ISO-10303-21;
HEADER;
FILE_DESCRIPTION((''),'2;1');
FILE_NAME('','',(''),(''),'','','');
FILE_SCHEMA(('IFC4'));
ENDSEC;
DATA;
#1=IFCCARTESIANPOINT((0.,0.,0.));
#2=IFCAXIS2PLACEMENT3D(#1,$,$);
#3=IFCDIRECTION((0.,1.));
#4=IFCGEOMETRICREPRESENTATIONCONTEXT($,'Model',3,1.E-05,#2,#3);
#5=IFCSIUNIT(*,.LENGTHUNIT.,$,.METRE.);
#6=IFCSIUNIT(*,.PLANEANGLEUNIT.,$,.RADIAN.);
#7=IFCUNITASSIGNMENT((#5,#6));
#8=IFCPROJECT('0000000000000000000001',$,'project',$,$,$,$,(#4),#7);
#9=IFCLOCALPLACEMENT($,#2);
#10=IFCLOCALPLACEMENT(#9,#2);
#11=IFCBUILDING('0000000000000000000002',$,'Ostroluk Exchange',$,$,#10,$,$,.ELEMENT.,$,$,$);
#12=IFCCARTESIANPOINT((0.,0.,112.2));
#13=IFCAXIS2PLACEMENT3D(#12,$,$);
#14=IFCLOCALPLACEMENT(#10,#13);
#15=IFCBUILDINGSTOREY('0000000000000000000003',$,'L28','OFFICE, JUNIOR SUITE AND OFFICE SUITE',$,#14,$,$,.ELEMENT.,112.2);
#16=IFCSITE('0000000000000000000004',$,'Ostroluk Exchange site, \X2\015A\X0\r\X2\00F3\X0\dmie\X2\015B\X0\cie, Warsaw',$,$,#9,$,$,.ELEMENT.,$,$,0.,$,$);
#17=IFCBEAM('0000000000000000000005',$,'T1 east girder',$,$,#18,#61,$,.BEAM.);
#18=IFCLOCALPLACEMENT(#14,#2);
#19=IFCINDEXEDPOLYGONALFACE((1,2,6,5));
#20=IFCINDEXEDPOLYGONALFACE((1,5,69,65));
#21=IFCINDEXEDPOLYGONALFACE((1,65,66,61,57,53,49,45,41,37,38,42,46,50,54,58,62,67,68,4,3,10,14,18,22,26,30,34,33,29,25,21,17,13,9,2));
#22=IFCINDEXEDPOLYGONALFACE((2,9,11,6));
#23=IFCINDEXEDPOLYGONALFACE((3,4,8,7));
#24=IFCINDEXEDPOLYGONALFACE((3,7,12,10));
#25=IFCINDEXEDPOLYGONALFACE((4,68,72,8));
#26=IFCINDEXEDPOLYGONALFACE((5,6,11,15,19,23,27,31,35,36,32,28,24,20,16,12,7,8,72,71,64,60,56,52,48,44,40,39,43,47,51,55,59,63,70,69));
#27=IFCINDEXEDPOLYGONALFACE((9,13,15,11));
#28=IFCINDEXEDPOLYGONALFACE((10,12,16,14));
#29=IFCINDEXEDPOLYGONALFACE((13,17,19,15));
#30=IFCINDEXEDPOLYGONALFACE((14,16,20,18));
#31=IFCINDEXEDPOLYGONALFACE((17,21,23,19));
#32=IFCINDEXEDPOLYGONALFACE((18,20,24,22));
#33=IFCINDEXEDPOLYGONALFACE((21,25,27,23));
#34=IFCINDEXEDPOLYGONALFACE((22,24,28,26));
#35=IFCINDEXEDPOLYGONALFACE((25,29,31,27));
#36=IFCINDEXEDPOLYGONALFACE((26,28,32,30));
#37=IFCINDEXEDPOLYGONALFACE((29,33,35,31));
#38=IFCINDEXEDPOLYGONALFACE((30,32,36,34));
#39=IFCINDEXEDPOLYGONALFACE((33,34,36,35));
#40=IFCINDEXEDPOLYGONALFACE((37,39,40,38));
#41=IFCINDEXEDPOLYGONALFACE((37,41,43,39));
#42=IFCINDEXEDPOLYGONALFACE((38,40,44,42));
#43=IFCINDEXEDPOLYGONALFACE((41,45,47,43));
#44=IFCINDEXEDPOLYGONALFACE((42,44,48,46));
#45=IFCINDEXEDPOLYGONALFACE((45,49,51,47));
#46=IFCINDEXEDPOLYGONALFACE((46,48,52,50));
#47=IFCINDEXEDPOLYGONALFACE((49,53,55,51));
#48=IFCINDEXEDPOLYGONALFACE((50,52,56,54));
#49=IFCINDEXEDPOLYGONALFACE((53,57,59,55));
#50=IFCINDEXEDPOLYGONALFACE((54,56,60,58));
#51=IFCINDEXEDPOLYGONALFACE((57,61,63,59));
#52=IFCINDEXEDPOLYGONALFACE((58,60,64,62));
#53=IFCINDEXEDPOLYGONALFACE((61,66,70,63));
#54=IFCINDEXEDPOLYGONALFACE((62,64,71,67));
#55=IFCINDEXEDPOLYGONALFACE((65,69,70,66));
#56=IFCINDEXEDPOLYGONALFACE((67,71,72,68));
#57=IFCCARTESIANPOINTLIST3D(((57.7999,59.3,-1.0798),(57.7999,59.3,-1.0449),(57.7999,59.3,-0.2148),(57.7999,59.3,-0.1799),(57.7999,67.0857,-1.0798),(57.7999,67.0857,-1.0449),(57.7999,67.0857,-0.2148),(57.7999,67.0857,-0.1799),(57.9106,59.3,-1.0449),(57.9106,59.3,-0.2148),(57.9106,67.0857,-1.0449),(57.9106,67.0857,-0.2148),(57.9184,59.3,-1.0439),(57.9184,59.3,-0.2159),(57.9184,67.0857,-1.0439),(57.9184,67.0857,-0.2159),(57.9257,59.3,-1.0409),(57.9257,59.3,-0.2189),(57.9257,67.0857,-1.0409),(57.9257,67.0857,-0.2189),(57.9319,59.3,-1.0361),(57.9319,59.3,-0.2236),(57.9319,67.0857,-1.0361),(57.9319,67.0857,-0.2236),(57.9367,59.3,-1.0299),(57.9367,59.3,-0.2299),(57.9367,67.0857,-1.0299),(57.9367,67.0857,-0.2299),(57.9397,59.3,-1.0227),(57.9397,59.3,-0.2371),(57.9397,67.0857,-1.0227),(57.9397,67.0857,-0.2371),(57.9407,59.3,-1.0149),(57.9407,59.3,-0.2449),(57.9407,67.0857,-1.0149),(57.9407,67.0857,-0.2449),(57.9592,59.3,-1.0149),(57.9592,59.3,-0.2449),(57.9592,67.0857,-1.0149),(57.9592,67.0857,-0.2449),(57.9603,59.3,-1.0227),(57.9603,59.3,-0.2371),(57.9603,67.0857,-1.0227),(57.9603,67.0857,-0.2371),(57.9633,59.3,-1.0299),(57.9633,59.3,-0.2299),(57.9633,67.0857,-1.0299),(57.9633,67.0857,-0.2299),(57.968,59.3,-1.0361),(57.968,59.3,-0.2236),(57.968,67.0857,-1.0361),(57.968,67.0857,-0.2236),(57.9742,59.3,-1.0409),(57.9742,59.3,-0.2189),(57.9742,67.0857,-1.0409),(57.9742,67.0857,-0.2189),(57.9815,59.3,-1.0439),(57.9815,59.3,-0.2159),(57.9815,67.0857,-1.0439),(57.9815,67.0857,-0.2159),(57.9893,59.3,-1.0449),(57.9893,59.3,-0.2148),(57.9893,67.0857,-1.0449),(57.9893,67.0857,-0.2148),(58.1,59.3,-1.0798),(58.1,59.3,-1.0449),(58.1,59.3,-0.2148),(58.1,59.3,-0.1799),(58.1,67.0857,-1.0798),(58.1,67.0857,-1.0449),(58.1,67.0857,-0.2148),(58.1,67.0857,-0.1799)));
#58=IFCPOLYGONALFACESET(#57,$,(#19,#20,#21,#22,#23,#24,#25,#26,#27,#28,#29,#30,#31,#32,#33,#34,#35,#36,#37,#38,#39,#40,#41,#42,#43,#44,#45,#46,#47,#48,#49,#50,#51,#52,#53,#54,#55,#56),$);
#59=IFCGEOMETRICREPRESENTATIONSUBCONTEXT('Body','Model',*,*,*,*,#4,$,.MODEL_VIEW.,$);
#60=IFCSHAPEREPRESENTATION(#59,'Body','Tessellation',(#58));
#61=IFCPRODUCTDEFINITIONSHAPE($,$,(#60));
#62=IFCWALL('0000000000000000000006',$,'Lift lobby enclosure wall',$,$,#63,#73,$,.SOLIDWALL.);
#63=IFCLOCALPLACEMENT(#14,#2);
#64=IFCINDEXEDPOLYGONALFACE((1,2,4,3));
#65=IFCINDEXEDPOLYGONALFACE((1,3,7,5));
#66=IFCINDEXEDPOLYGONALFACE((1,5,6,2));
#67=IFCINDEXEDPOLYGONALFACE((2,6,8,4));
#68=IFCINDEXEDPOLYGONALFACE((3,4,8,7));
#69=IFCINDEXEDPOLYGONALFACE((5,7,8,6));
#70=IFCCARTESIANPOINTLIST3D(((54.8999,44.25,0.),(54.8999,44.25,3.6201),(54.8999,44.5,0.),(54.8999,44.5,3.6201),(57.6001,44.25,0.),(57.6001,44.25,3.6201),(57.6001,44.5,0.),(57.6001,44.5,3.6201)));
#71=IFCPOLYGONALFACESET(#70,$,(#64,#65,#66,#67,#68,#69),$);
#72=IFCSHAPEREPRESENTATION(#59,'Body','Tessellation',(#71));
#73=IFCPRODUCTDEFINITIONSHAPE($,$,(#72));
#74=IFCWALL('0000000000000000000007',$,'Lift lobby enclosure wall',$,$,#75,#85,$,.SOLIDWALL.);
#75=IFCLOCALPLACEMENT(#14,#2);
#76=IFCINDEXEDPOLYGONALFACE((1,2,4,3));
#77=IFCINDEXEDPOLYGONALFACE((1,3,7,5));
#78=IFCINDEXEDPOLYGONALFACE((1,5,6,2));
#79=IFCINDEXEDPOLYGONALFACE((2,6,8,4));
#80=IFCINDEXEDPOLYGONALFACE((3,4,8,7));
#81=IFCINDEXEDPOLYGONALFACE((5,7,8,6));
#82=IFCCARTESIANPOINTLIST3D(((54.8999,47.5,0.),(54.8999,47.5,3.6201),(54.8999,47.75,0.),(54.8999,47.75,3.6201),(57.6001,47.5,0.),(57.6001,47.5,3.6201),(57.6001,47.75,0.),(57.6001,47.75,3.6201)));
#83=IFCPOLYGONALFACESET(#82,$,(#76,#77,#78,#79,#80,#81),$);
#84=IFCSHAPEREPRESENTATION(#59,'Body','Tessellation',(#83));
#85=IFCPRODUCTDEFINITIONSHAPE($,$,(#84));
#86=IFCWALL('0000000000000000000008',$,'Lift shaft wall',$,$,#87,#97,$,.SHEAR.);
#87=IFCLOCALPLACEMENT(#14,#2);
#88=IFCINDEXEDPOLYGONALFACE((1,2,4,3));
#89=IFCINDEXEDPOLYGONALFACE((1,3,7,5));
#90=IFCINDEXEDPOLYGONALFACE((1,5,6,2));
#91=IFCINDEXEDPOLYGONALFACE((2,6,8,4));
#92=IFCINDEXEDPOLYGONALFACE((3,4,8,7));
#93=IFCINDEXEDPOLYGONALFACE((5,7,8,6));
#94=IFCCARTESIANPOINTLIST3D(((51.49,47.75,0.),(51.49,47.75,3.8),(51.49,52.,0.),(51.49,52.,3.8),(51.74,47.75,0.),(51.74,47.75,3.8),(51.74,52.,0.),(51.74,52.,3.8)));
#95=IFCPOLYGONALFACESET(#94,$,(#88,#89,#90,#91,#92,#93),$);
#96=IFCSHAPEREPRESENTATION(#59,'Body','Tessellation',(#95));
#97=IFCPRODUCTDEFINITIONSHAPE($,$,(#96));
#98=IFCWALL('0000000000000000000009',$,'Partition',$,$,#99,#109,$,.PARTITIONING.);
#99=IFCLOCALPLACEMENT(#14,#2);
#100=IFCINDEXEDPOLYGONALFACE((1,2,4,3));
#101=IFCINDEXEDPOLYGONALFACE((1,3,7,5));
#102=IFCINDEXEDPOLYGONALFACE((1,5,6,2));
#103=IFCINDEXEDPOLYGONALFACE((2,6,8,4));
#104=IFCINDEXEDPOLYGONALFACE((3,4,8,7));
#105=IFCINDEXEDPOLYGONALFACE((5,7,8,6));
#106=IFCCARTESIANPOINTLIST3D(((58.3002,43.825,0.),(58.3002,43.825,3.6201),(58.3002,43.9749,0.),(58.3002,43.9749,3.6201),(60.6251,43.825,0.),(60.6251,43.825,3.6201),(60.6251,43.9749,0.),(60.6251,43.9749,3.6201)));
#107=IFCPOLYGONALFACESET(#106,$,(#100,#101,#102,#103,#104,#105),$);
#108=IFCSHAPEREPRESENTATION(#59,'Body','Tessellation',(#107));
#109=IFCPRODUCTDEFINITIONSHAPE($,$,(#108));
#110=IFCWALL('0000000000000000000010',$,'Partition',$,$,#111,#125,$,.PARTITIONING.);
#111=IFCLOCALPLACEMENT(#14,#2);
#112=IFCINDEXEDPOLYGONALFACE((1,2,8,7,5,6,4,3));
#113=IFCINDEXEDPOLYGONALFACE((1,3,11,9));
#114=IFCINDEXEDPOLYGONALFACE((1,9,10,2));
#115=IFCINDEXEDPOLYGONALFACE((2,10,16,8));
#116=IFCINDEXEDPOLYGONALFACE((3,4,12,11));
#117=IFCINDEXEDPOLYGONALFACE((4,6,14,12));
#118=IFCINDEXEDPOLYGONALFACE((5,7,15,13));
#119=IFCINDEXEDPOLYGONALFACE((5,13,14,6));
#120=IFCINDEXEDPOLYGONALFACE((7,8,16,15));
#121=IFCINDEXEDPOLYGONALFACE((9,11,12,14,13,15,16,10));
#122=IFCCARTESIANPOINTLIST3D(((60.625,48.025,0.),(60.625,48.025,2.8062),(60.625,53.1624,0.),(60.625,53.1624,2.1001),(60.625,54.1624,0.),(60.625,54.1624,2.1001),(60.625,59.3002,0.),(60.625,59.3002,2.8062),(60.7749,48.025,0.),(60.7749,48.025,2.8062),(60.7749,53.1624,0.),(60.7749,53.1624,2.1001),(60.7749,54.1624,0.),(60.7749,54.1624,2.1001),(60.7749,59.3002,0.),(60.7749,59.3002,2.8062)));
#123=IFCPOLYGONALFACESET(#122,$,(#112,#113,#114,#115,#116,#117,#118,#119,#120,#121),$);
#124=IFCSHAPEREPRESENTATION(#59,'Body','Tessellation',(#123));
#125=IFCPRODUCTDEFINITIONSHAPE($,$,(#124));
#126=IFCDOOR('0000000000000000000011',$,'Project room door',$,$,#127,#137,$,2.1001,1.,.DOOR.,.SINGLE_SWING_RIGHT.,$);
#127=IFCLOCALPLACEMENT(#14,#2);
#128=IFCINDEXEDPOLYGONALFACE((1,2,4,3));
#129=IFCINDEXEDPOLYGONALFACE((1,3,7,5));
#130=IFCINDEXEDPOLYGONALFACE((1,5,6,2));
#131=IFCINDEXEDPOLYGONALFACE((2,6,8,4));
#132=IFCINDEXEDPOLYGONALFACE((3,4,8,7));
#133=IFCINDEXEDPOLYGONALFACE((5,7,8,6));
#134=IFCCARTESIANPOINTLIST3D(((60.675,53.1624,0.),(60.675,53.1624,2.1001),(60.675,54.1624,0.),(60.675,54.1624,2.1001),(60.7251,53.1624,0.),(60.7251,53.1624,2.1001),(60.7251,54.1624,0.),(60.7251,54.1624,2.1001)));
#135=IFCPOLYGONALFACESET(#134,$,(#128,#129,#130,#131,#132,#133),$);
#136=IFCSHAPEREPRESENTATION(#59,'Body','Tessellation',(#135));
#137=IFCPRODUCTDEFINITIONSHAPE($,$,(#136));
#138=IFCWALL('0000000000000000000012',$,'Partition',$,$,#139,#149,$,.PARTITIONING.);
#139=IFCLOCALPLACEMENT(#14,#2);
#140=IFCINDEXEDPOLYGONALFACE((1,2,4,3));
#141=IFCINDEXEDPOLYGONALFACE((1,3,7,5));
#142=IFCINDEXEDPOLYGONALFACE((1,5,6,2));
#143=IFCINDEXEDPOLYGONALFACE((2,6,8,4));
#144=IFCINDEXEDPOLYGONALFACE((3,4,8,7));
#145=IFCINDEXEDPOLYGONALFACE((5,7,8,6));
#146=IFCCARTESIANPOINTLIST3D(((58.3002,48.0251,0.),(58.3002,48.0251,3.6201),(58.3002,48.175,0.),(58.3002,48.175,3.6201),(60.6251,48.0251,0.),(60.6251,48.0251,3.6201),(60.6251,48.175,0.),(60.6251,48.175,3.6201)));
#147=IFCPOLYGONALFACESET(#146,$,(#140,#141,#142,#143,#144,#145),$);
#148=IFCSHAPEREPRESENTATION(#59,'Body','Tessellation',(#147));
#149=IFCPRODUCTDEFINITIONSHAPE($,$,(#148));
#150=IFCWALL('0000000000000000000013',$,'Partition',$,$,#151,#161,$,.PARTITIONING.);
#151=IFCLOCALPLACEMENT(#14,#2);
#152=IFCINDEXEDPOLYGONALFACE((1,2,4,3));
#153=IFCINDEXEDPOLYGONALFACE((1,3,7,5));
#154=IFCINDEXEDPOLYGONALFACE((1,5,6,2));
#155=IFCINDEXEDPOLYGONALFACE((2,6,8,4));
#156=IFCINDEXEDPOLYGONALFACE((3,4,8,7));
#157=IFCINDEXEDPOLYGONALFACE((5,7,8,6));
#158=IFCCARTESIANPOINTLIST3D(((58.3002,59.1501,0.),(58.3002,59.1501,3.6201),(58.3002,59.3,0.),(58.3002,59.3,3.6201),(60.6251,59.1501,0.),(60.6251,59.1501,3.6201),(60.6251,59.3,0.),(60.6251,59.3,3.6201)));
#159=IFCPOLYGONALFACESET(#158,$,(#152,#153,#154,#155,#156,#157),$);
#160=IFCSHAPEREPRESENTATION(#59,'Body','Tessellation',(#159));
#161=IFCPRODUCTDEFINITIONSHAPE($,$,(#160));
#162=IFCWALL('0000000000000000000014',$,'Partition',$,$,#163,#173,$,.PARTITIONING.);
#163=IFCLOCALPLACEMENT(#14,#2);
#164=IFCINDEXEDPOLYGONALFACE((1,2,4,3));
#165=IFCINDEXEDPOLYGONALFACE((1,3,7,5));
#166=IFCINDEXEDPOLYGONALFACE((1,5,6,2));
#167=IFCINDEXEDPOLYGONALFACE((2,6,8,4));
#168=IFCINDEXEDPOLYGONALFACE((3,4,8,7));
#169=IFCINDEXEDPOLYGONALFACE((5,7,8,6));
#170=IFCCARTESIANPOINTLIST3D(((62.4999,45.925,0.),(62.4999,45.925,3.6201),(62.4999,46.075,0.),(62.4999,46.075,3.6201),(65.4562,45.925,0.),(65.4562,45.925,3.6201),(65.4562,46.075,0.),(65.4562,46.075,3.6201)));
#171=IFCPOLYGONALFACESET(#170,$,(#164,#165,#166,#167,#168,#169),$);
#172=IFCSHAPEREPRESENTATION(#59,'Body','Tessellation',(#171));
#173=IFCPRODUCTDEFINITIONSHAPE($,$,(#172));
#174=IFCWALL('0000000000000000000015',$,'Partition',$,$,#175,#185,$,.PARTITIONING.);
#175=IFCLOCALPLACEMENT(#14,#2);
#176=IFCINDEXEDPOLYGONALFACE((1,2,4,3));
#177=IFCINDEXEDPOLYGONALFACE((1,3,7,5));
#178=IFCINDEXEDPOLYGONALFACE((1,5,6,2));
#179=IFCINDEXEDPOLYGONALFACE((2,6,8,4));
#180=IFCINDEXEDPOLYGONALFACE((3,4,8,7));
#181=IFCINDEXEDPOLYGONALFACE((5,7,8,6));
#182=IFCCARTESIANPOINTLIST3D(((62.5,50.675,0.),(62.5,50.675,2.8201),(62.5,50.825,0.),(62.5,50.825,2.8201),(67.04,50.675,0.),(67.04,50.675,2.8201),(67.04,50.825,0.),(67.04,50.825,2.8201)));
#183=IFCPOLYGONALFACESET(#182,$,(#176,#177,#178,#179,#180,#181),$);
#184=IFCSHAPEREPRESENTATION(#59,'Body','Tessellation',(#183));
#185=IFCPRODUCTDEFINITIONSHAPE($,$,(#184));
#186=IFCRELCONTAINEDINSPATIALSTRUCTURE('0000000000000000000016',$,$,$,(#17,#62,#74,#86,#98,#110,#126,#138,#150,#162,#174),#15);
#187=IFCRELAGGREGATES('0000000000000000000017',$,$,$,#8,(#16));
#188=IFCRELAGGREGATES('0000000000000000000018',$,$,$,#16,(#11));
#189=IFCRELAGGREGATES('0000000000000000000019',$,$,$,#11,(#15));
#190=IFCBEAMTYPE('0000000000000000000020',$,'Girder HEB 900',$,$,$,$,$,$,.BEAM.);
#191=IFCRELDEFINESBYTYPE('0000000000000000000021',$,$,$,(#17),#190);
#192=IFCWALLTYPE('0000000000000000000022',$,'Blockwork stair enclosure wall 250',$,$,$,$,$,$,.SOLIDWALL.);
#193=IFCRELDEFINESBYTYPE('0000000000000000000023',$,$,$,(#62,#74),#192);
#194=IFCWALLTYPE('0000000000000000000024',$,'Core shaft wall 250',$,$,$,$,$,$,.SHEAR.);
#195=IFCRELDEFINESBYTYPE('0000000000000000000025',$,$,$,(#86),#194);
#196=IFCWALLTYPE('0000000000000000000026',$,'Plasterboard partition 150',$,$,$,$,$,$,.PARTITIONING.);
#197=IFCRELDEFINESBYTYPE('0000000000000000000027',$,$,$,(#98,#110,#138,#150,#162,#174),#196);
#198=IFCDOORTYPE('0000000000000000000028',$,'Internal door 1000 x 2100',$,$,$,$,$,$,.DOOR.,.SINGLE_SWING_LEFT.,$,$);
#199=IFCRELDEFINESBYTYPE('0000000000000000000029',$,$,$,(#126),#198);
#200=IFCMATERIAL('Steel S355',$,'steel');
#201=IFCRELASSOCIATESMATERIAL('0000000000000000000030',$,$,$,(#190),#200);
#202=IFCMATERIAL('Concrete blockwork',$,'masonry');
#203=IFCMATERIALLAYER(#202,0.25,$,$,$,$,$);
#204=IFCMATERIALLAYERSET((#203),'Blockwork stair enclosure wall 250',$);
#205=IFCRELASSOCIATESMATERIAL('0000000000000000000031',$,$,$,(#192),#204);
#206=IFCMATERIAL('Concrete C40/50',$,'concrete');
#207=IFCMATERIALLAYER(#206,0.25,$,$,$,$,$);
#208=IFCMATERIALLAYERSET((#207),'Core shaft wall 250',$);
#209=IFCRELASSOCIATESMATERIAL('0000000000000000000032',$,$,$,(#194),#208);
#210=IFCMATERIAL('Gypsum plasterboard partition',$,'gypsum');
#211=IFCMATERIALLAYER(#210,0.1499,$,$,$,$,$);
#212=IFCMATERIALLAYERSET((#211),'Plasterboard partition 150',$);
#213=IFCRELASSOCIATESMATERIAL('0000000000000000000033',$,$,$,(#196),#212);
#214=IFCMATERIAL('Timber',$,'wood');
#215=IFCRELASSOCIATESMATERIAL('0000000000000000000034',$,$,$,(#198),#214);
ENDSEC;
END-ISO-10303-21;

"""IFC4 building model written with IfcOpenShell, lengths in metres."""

from ifc_helpers import new_model, si_unit, direction, frame, frame_2d, origin, origin_2d, place, context, subcontext, project, spatial, rectangle, i_section, extrude, material, layer, layer_set, material_profile, profile_set, type_object, element, fill, save


model = new_model("IFC4")

# Units and contexts
model_context = context("Model", 3, precision=1e-05, world=origin(), true_north=direction((0.0, 1.0)))
body_context = subcontext(model_context, "Body", "Model", "MODEL_VIEW")
ifc_project = project(units=[si_unit("LENGTHUNIT", "METRE"), si_unit("PLANEANGLEUNIT", "RADIAN")], contexts=[model_context])

# Site, building, storey
site_placement = place(None, origin())
site = spatial("IfcSite", under=ifc_project, at=site_placement, Name="Ostroluk Exchange site, Śródmieście, Warsaw", CompositionType="ELEMENT", RefElevation=0.0)
building_placement = place(site_placement, origin())
building = spatial("IfcBuilding", under=site, at=building_placement, Name="Ostroluk Exchange", CompositionType="ELEMENT")
storey_placement = place(building_placement, frame((0.0, 0.0, 112.2)))
storey = spatial("IfcBuildingStorey", under=building, at=storey_placement, Name="L28", Description="OFFICE, JUNIOR SUITE AND OFFICE SUITE", CompositionType="ELEMENT", Elevation=112.2)

# Beam
ifc_material_1 = material(Name="Steel S355", Category="steel")
ifc_material_profile_1 = material_profile(ifc_material_1, i_section(OverallWidth=0.3, OverallDepth=0.8999, WebThickness=0.0186, FlangeThickness=0.0349, FilletRadius=0.03, at=origin_2d()), Name="HEB 900")
ifc_profile_set_1 = profile_set([ifc_material_profile_1], Name="Steel S355")
beam_type_1 = type_object("IfcBeamType", Name="Girder HEB 900", PredefinedType="BEAM", material=ifc_profile_set_1)
beam_1_placement = place(storey_placement, frame((57.95, 59.3, -0.6299), z_axis=(0.0, 1.0, 0.0), x_axis=(-1.0, 0.0, 0.0)))
element("IfcBeam", 1, at=beam_1_placement, inside=storey, type_object=beam_type_1, Name="T1 east girder", PredefinedType="BEAM", context=body_context, shape_type="SweptSolid", body=[
    extrude(i_section(OverallWidth=0.3, OverallDepth=0.8999, WebThickness=0.0186, FlangeThickness=0.0349, FilletRadius=0.03, at=origin_2d()), origin(), (0.0, 0.0, 1.0), 7.7856),
])

# Walls
ifc_material_2 = material(Name="Concrete blockwork", Category="masonry")
ifc_layer_1 = layer(ifc_material_2, 0.25)
ifc_layer_set_1 = layer_set([ifc_layer_1], Name="Blockwork stair enclosure wall 250")
wall_type_1 = type_object("IfcWallType", Name="Blockwork stair enclosure wall 250", PredefinedType="SOLIDWALL", material=ifc_layer_set_1)
for number, where, z_axis, x_axis, name in (
    (2, (54.8999, 44.375, 0.0), (0.0, 0.0, 1.0), (1.0, 0.0, 0.0), "Lift lobby enclosure wall"),
    (3, (54.8999, 47.625, 0.0), (0.0, 0.0, 1.0), (1.0, 0.0, 0.0), "Lift lobby enclosure wall"),
):
    element("IfcWall", number, at=place(storey_placement, frame(where, z_axis=z_axis, x_axis=x_axis)), inside=storey, type_object=wall_type_1, Name=name, PredefinedType="SOLIDWALL", context=body_context, shape_type="SweptSolid", body=[
        extrude(rectangle(XDim=2.7002, YDim=0.25, at=frame_2d((1.3501, 0.0))), origin(), (0.0, 0.0, 1.0), 3.6201),
    ])
ifc_material_3 = material(Name="Concrete C40/50", Category="concrete")
ifc_layer_2 = layer(ifc_material_3, 0.25)
ifc_layer_set_2 = layer_set([ifc_layer_2], Name="Core shaft wall 250")
wall_type_2 = type_object("IfcWallType", Name="Core shaft wall 250", PredefinedType="SHEAR", material=ifc_layer_set_2)
wall_1_placement = place(storey_placement, frame((51.615, 47.75, 0.0), z_axis=(0.0, 0.0, 1.0), x_axis=(0.0, 1.0, 0.0)))
element("IfcWall", 4, at=wall_1_placement, inside=storey, type_object=wall_type_2, Name="Lift shaft wall", PredefinedType="SHEAR", context=body_context, shape_type="SweptSolid", body=[
    extrude(rectangle(XDim=4.25, YDim=0.25, at=frame_2d((2.125, 0.0))), origin(), (0.0, 0.0, 1.0), 3.8),
])
ifc_material_4 = material(Name="Gypsum plasterboard partition", Category="gypsum")
ifc_layer_3 = layer(ifc_material_4, 0.1499)
ifc_layer_set_3 = layer_set([ifc_layer_3], Name="Plasterboard partition 150")
wall_type_3 = type_object("IfcWallType", Name="Plasterboard partition 150", PredefinedType="PARTITIONING", material=ifc_layer_set_3)
wall_2_placement = place(storey_placement, frame((58.3, 43.8999, 0.0), z_axis=(0.0, 0.0, 1.0), x_axis=(1.0, 0.0, 0.0)))
element("IfcWall", 5, at=wall_2_placement, inside=storey, type_object=wall_type_3, Name="Partition", PredefinedType="PARTITIONING", context=body_context, shape_type="SweptSolid", body=[
    extrude(rectangle(XDim=2.325, YDim=0.1499, at=frame_2d((1.1626, 0.0))), origin(), (0.0, 0.0, 1.0), 3.6201),
])

# Wall, opening, door
wall_3_placement = place(storey_placement, frame((60.7, 48.0249, 0.0), z_axis=(0.0, 0.0, 1.0), x_axis=(0.0, 1.0, 0.0)))
wall_3 = element("IfcWall", 6, at=wall_3_placement, inside=storey, type_object=wall_type_3, Name="Partition", PredefinedType="PARTITIONING", context=body_context, shape_type="SweptSolid", body=[
    extrude(rectangle(XDim=11.2751, YDim=0.1499, at=frame_2d((5.6377, 0.0))), origin(), (0.0, 0.0, 1.0), 2.8062),
])
opening_placement = place(wall_3_placement, frame((5.1375, 0.0, 0.0)))
opening = element("IfcOpeningElement", 7, at=opening_placement, cuts=wall_3, PredefinedType="OPENING", context=body_context, shape_type="SweptSolid", body=[
    extrude(rectangle(XDim=1.0, YDim=2.1001, at=frame_2d((0.5, 1.05))), frame((0.0, 0.085, 0.0), z_axis=(0.0, -1.0, 0.0), x_axis=(1.0, 0.0, 0.0)), (0.0, 0.0, 1.0), 0.1699),
])
ifc_material_5 = material(Name="Timber", Category="wood")
door_type = type_object("IfcDoorType", Name="Internal door 1000 x 2100", OperationType="SINGLE_SWING_LEFT", PredefinedType="DOOR", material=ifc_material_5)
door_placement = place(opening_placement, origin())
door = element("IfcDoor", 8, at=door_placement, inside=storey, type_object=door_type, Name="Project room door", OperationType="SINGLE_SWING_RIGHT", OverallHeight=2.1001, OverallWidth=1.0, PredefinedType="DOOR", context=body_context, shape_type="SweptSolid", body=[
    extrude(rectangle(XDim=1.0, YDim=2.1001, at=frame_2d((0.5, 1.05))), frame((0.0, 0.0249, 0.0), z_axis=(0.0, -1.0, 0.0), x_axis=(1.0, 0.0, 0.0)), (0.0, 0.0, 1.0), 0.05),
])
fill(opening, door)

# Walls
for number, where, z_axis, x_axis, name in (
    (9, (58.3, 48.1001, 0.0), (0.0, 0.0, 1.0), (1.0, 0.0, 0.0), "Partition"),
    (10, (58.3, 59.2251, 0.0), (0.0, 0.0, 1.0), (1.0, 0.0, 0.0), "Partition"),
):
    element("IfcWall", number, at=place(storey_placement, frame(where, z_axis=z_axis, x_axis=x_axis)), inside=storey, type_object=wall_type_3, Name=name, PredefinedType="PARTITIONING", context=body_context, shape_type="SweptSolid", body=[
        extrude(rectangle(XDim=2.325, YDim=0.1499, at=frame_2d((1.1626, 0.0))), origin(), (0.0, 0.0, 1.0), 3.6201),
    ])
wall_4_placement = place(storey_placement, frame((62.5, 46.0, 0.0), z_axis=(0.0, 0.0, 1.0), x_axis=(1.0, 0.0, 0.0)))
element("IfcWall", 11, at=wall_4_placement, inside=storey, type_object=wall_type_3, Name="Partition", PredefinedType="PARTITIONING", context=body_context, shape_type="SweptSolid", body=[
    extrude(rectangle(XDim=2.9563, YDim=0.1499, at=frame_2d((1.478, 0.0))), origin(), (0.0, 0.0, 1.0), 3.6201),
])
for number, where, z_axis, x_axis, name in (
    (12, (62.5, 50.75, 0.0), (0.0, 0.0, 1.0), (1.0, 0.0, 0.0), "Partition"),
):
    element("IfcWall", number, at=place(storey_placement, frame(where, z_axis=z_axis, x_axis=x_axis)), inside=storey, type_object=wall_type_3, Name=name, PredefinedType="PARTITIONING", context=body_context, shape_type="SweptSolid", body=[
        extrude(rectangle(XDim=4.54, YDim=0.1499, at=frame_2d((2.27, 0.0))), origin(), (0.0, 0.0, 1.0), 2.8201),
    ])

save(model, "model.ifc")
